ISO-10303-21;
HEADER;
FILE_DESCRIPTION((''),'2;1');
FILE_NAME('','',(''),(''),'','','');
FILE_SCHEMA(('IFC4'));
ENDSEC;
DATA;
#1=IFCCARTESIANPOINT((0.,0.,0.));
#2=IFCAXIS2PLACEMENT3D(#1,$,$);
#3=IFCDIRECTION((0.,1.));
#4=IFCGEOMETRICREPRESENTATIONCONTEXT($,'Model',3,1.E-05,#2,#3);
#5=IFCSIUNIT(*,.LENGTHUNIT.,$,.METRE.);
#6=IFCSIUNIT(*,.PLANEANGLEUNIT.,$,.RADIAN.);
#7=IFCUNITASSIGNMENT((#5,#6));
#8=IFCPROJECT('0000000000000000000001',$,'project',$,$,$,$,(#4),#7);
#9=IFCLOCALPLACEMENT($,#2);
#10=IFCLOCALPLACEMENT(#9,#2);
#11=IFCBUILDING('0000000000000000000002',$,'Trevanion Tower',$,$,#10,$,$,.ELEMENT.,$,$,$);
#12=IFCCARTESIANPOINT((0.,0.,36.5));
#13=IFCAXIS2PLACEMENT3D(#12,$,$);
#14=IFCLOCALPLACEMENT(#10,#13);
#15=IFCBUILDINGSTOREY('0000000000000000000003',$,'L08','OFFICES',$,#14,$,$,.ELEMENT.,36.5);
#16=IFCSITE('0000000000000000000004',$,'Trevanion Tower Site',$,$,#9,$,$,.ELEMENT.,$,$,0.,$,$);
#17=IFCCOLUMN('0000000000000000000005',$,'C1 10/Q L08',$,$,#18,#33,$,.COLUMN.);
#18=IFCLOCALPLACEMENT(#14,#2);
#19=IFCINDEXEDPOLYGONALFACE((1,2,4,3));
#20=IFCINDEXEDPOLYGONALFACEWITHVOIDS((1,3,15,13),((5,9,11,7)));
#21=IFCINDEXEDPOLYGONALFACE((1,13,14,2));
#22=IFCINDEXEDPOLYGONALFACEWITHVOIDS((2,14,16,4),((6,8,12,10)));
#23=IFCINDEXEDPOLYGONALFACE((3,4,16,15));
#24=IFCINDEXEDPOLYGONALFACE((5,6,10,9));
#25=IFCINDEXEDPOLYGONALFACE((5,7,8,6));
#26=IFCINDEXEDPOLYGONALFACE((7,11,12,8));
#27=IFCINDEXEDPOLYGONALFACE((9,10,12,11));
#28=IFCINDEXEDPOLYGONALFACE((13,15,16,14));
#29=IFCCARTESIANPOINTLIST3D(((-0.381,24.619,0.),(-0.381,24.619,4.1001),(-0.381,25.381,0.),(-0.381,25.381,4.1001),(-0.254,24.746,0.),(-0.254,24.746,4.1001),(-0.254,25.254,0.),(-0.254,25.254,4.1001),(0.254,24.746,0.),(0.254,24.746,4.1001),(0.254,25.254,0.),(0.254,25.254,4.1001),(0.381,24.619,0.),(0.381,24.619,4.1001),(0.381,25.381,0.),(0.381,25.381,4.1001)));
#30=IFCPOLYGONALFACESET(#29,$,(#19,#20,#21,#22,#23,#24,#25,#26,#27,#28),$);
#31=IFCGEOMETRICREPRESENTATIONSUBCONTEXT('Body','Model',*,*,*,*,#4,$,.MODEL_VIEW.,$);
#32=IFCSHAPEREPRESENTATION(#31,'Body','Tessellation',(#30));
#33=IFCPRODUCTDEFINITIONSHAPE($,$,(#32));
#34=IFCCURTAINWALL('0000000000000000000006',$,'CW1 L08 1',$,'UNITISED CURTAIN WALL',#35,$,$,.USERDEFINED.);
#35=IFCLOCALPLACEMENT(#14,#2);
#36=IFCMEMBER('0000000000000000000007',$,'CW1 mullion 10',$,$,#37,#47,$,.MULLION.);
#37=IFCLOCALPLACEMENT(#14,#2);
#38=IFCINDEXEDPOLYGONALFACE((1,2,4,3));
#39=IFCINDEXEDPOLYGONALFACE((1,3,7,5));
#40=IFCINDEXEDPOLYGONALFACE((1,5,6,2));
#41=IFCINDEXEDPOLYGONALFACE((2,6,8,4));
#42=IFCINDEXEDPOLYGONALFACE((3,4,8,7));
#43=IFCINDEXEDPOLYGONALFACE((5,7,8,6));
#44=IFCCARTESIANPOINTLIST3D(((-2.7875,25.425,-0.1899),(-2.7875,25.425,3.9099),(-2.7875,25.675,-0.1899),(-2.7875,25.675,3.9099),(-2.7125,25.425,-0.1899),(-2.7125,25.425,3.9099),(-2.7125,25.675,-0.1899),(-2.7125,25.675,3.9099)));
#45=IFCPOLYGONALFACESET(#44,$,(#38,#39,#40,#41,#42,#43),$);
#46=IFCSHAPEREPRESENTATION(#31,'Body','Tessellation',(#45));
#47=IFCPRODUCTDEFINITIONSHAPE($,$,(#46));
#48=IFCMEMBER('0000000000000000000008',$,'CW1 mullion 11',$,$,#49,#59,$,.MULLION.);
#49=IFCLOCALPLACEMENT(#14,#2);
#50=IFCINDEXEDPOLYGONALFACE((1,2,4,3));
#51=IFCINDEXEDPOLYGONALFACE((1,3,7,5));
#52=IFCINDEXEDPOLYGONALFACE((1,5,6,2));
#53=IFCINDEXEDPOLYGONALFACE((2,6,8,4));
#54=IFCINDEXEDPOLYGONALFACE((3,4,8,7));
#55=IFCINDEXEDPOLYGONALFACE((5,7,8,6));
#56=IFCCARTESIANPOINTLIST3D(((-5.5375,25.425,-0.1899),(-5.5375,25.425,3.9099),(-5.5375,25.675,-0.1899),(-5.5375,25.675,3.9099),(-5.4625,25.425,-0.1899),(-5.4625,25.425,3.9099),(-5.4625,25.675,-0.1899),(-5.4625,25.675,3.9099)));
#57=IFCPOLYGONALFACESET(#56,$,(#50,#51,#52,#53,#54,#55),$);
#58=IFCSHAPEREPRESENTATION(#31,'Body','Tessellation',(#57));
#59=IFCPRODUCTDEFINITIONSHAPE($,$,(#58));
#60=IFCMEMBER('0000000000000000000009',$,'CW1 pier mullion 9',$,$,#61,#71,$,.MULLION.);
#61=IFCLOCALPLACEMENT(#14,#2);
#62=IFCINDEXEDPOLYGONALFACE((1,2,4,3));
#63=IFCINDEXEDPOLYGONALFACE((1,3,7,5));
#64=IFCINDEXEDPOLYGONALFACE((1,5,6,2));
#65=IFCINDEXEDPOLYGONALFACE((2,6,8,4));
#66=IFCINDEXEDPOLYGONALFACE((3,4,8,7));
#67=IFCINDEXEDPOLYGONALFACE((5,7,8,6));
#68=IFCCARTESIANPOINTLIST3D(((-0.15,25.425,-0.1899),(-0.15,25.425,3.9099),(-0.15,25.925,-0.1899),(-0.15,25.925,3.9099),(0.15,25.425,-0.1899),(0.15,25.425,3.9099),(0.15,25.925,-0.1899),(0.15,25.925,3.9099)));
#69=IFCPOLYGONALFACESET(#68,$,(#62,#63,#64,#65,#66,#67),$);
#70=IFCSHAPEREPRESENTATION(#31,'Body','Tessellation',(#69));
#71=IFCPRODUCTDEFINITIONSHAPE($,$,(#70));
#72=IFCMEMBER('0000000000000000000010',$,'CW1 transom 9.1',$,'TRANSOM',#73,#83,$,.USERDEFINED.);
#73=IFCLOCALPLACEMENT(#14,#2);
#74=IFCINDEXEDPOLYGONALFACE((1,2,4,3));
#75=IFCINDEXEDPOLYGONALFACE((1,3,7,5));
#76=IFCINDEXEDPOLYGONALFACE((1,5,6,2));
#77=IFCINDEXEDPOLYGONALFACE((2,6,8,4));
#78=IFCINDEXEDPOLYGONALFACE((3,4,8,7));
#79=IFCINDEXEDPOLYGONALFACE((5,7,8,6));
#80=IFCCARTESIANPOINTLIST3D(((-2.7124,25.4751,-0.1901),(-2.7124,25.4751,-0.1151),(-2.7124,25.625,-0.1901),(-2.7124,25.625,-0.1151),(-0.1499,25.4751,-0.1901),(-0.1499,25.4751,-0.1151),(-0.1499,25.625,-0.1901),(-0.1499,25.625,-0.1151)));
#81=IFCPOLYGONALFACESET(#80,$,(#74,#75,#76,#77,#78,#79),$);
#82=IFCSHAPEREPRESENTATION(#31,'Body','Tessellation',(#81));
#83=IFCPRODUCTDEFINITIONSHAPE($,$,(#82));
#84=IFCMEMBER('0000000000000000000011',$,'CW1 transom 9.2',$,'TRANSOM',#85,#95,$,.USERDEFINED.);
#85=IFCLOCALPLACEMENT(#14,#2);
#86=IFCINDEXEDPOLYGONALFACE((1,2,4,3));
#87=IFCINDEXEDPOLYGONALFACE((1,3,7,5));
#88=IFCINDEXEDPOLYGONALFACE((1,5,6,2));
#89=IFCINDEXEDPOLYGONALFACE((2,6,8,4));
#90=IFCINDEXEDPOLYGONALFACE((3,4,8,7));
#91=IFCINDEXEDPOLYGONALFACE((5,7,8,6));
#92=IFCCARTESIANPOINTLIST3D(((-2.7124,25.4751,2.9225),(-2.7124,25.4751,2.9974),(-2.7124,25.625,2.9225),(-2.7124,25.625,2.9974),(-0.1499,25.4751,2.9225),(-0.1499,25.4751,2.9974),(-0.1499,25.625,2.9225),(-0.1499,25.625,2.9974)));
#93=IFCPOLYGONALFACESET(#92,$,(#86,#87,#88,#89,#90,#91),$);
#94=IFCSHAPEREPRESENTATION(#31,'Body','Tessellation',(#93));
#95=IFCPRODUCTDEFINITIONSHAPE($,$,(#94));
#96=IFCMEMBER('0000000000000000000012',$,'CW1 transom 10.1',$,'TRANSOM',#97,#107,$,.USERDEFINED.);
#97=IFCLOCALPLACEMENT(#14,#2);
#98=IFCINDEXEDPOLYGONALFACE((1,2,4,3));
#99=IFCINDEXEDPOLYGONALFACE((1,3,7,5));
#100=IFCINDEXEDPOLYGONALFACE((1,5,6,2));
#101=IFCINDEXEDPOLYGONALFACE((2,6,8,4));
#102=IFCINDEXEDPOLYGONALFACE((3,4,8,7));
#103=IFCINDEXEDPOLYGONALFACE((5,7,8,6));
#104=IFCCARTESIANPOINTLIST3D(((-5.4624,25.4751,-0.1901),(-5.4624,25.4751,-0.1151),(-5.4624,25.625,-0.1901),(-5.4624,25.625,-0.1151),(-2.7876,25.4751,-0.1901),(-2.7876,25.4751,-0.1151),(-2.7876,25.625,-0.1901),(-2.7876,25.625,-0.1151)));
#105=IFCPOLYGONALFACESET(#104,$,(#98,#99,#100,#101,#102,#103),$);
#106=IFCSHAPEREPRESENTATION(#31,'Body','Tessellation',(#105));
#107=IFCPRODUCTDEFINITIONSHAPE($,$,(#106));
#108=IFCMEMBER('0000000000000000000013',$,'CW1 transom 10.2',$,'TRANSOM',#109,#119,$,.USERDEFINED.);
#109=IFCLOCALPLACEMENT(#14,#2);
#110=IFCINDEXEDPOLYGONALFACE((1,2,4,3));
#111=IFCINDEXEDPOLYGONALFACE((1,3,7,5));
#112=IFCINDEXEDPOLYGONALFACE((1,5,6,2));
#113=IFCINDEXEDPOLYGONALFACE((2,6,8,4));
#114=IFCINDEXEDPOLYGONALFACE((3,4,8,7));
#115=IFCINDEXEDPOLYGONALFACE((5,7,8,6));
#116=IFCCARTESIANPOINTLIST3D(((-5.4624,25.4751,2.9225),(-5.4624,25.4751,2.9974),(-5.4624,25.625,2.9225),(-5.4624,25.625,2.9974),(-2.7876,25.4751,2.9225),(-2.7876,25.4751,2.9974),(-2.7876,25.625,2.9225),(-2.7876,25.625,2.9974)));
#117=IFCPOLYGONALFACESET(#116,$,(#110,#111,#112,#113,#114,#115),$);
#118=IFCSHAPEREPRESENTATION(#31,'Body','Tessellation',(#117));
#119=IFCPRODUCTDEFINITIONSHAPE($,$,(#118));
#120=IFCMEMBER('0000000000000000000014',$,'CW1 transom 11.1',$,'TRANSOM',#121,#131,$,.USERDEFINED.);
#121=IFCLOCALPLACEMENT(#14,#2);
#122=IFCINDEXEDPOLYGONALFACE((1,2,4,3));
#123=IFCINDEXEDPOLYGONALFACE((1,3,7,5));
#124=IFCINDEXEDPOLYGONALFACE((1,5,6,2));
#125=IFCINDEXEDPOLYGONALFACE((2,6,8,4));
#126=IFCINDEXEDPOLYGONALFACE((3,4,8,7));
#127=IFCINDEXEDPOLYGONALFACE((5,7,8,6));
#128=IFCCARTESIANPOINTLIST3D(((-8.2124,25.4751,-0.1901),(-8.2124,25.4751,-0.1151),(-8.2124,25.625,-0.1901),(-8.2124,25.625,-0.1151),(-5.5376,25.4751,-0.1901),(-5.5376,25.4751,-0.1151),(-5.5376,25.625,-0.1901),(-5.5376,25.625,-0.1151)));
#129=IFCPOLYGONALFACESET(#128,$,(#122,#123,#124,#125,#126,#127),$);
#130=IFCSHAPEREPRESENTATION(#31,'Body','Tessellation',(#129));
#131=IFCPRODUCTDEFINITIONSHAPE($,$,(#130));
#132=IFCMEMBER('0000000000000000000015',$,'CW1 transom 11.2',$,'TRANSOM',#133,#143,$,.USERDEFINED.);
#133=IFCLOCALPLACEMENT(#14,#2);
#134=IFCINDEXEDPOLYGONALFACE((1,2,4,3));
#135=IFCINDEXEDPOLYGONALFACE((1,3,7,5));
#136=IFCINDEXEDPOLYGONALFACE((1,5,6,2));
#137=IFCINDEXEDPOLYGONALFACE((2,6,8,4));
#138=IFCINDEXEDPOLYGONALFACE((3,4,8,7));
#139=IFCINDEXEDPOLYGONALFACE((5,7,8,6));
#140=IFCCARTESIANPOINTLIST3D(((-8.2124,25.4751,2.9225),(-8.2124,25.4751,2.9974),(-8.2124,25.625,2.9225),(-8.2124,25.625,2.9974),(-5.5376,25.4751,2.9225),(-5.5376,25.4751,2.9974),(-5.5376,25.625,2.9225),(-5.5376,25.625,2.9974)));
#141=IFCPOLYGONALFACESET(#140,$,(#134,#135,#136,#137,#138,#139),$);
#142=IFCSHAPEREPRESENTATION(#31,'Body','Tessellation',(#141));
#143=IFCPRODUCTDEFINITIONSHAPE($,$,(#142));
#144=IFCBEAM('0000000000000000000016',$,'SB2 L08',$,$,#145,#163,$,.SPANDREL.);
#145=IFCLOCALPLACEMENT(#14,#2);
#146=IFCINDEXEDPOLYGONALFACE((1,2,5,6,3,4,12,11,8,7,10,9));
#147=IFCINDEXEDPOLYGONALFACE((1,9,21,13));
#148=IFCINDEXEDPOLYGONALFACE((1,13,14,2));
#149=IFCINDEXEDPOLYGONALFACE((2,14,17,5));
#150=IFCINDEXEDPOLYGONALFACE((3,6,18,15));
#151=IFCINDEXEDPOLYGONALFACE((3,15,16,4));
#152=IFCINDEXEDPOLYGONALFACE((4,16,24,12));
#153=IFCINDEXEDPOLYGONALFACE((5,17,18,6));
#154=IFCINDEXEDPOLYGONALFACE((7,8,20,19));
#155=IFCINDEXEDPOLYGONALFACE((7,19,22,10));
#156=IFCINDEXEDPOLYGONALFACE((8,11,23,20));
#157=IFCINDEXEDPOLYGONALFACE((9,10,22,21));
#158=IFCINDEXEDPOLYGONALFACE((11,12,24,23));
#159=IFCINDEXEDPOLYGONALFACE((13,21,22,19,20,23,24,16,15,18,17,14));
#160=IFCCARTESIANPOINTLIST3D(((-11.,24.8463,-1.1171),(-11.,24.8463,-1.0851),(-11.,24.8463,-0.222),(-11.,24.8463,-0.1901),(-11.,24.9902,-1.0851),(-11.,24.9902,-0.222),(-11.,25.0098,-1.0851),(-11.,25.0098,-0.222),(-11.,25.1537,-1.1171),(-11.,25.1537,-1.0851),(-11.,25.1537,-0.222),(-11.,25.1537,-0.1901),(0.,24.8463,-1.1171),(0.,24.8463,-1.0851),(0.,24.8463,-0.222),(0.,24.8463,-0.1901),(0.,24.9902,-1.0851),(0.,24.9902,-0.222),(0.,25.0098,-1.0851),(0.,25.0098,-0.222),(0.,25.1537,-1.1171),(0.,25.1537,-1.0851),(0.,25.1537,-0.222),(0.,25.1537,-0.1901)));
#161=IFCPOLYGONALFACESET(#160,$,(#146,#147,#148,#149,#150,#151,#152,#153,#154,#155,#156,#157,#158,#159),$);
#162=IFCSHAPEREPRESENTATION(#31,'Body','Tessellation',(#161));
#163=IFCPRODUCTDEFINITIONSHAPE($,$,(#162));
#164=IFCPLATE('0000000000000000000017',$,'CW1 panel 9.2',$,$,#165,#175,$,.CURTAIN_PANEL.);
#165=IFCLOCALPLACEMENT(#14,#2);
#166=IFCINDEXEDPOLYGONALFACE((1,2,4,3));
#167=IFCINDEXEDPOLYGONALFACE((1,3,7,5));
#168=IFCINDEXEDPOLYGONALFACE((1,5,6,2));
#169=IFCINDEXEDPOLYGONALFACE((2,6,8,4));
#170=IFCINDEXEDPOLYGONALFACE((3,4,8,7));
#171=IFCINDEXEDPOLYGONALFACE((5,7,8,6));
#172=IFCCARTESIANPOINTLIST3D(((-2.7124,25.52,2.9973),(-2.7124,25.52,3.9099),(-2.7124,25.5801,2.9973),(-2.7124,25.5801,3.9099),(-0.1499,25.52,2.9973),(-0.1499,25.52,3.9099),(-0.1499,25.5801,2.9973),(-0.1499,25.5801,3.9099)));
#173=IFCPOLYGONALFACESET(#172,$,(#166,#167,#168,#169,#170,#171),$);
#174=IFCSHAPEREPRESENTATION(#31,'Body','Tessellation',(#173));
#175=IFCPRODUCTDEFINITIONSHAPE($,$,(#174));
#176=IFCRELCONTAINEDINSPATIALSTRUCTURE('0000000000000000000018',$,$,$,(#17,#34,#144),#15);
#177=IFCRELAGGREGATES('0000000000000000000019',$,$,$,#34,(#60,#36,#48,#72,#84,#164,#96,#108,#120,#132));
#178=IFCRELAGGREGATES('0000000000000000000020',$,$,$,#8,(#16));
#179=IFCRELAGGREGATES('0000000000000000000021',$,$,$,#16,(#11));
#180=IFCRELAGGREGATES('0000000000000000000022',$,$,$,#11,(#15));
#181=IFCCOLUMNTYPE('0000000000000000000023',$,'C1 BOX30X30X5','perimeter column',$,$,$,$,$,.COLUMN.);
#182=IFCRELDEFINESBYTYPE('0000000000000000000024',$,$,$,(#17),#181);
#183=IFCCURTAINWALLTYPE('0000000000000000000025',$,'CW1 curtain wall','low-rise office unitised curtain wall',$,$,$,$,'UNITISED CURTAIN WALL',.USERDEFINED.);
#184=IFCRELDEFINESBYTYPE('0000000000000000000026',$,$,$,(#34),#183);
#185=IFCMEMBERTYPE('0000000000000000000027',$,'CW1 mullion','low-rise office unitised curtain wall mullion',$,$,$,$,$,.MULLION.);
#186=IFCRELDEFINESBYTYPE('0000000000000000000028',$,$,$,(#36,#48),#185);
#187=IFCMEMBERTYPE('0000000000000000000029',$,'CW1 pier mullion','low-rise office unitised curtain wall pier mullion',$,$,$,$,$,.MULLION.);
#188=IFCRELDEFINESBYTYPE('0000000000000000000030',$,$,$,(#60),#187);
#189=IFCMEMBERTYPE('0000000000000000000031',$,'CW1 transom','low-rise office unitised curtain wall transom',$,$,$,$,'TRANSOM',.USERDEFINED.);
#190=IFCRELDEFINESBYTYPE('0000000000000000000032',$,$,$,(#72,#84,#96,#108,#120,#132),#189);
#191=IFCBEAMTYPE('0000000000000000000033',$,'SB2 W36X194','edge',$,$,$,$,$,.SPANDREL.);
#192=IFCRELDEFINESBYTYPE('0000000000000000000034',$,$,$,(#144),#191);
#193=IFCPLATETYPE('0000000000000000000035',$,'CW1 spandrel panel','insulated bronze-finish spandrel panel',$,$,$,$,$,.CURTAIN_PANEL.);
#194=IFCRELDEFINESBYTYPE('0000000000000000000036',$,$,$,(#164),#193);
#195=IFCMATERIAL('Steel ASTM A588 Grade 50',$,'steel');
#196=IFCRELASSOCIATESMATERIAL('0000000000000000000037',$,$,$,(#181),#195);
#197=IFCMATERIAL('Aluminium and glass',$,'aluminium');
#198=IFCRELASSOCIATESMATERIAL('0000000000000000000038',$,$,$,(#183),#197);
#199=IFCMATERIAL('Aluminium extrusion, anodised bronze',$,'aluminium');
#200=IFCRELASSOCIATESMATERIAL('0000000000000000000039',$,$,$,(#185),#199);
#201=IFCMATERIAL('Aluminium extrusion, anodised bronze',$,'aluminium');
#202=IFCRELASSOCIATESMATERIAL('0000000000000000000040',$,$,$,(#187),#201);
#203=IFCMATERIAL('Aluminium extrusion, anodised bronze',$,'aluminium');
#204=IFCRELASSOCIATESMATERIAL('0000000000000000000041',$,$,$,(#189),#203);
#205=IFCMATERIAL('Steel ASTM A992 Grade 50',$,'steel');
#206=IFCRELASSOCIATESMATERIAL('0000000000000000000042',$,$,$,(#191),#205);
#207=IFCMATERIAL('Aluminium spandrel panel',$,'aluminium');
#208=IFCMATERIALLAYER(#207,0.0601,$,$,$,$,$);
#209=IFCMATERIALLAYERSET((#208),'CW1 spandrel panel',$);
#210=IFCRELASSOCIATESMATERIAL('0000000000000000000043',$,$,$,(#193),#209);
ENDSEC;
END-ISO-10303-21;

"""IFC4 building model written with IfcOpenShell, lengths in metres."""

from ifc_helpers import new_model, si_unit, direction, frame, origin, origin_2d, place, context, subcontext, project, spatial, rectangle, hollow_rectangle, i_section, extrude, material, layer, layer_set, material_profile, profile_set, type_object, element, aggregate, save


model = new_model("IFC4")

# Units and contexts
model_context = context("Model", 3, precision=1e-05, world=origin(), true_north=direction((0.0, 1.0)))
body_context = subcontext(model_context, "Body", "Model", "MODEL_VIEW")
ifc_project = project(units=[si_unit("LENGTHUNIT", "METRE"), si_unit("PLANEANGLEUNIT", "RADIAN")], contexts=[model_context])

# Site, building, storey
site_placement = place(None, origin())
site = spatial("IfcSite", under=ifc_project, at=site_placement, Name="Trevanion Tower Site", CompositionType="ELEMENT", RefElevation=0.0)
building_placement = place(site_placement, origin())
building = spatial("IfcBuilding", under=site, at=building_placement, Name="Trevanion Tower", CompositionType="ELEMENT")
storey_placement = place(building_placement, frame((0.0, 0.0, 36.5)))
storey = spatial("IfcBuildingStorey", under=building, at=storey_placement, Name="L08", Description="OFFICES", CompositionType="ELEMENT", Elevation=36.5)

# Column
ifc_material_1 = material(Name="Steel ASTM A588 Grade 50", Category="steel")
ifc_material_profile_1 = material_profile(ifc_material_1, hollow_rectangle(XDim=0.762, YDim=0.762, WallThickness=0.127, at=origin_2d()), Name="BOX30X30X5")
ifc_profile_set_1 = profile_set([ifc_material_profile_1], Name="Steel ASTM A588 Grade 50")
column_type = type_object("IfcColumnType", Name="C1 BOX30X30X5", Description="perimeter column", PredefinedType="COLUMN", material=ifc_profile_set_1)
column_placement = place(storey_placement, frame((0.0, 25.0, 0.0), z_axis=(0.0, 0.0, 1.0), x_axis=(1.0, 0.0, 0.0)))
element("IfcColumn", 1, at=column_placement, inside=storey, type_object=column_type, Name="C1 10/Q L08", PredefinedType="COLUMN", context=body_context, shape_type="SweptSolid", body=[
    extrude(hollow_rectangle(XDim=0.762, YDim=0.762, WallThickness=0.127, at=origin_2d()), origin(), (0.0, 0.0, 1.0), 4.1001),
])

# Curtain wall, members
ifc_material_2 = material(Name="Aluminium and glass", Category="aluminium")
curtain_wall_type = type_object("IfcCurtainWallType", Name="CW1 curtain wall", Description="low-rise office unitised curtain wall", ElementType="UNITISED CURTAIN WALL", PredefinedType="USERDEFINED", material=ifc_material_2)
curtain_wall_placement = place(storey_placement, origin())
curtain_wall = element("IfcCurtainWall", 2, at=curtain_wall_placement, inside=storey, type_object=curtain_wall_type, Name="CW1 L08 1", ObjectType="UNITISED CURTAIN WALL", PredefinedType="USERDEFINED")
ifc_material_3 = material(Name="Aluminium extrusion, anodised bronze", Category="aluminium")
ifc_material_profile_2 = material_profile(ifc_material_3, rectangle(XDim=0.075, YDim=0.25, at=origin_2d()), Name="CW1 mullion")
ifc_profile_set_2 = profile_set([ifc_material_profile_2], Name="Aluminium extrusion, anodised bronze")
member_type_1 = type_object("IfcMemberType", Name="CW1 mullion", Description="low-rise office unitised curtain wall mullion", PredefinedType="MULLION", material=ifc_profile_set_2)
member_1_placement = place(storey_placement, frame((-2.75, 25.55, -0.1899), z_axis=(0.0, 0.0, 1.0), x_axis=(-1.0, 0.0, 0.0)))
member_1 = element("IfcMember", 3, at=member_1_placement, type_object=member_type_1, Name="CW1 mullion 10", PredefinedType="MULLION", context=body_context, shape_type="SweptSolid", body=[
    extrude(rectangle(XDim=0.075, YDim=0.25, at=origin_2d()), origin(), (0.0, 0.0, 1.0), 4.0999),
])
member_2_placement = place(storey_placement, frame((-5.5, 25.55, -0.1899), z_axis=(0.0, 0.0, 1.0), x_axis=(-1.0, 0.0, 0.0)))
member_2 = element("IfcMember", 4, at=member_2_placement, type_object=member_type_1, Name="CW1 mullion 11", PredefinedType="MULLION", context=body_context, shape_type="SweptSolid", body=[
    extrude(rectangle(XDim=0.075, YDim=0.25, at=origin_2d()), origin(), (0.0, 0.0, 1.0), 4.0999),
])
ifc_material_4 = material(Name="Aluminium extrusion, anodised bronze", Category="aluminium")
ifc_material_profile_3 = material_profile(ifc_material_4, rectangle(XDim=0.3, YDim=0.5, at=origin_2d()), Name="CW1 pier mullion")
ifc_profile_set_3 = profile_set([ifc_material_profile_3], Name="Aluminium extrusion, anodised bronze")
member_type_2 = type_object("IfcMemberType", Name="CW1 pier mullion", Description="low-rise office unitised curtain wall pier mullion", PredefinedType="MULLION", material=ifc_profile_set_3)
member_3_placement = place(storey_placement, frame((0.0, 25.675, -0.1899), z_axis=(0.0, 0.0, 1.0), x_axis=(-1.0, 0.0, 0.0)))
member_3 = element("IfcMember", 5, at=member_3_placement, type_object=member_type_2, Name="CW1 pier mullion 9", PredefinedType="MULLION", context=body_context, shape_type="SweptSolid", body=[
    extrude(rectangle(XDim=0.3, YDim=0.5, at=origin_2d()), origin(), (0.0, 0.0, 1.0), 4.0999),
])
ifc_material_5 = material(Name="Aluminium extrusion, anodised bronze", Category="aluminium")
ifc_material_profile_4 = material_profile(ifc_material_5, rectangle(XDim=0.1499, YDim=0.075, at=origin_2d()), Name="CW1 transom")
ifc_profile_set_4 = profile_set([ifc_material_profile_4], Name="Aluminium extrusion, anodised bronze")
member_type_3 = type_object("IfcMemberType", Name="CW1 transom", Description="low-rise office unitised curtain wall transom", ElementType="TRANSOM", PredefinedType="USERDEFINED", material=ifc_profile_set_4)
member_4_placement = place(storey_placement, frame((-0.1499, 25.55, -0.1526), z_axis=(-1.0, 0.0, 0.0), x_axis=(0.0, -1.0, 0.0)))
member_4 = element("IfcMember", 6, at=member_4_placement, type_object=member_type_3, Name="CW1 transom 9.1", ObjectType="TRANSOM", PredefinedType="USERDEFINED", context=body_context, shape_type="SweptSolid", body=[
    extrude(rectangle(XDim=0.1499, YDim=0.075, at=origin_2d()), origin(), (0.0, 0.0, 1.0), 2.5625),
])
member_5_placement = place(storey_placement, frame((-0.1499, 25.55, 2.96), z_axis=(-1.0, 0.0, 0.0), x_axis=(0.0, -1.0, 0.0)))
member_5 = element("IfcMember", 7, at=member_5_placement, type_object=member_type_3, Name="CW1 transom 9.2", ObjectType="TRANSOM", PredefinedType="USERDEFINED", context=body_context, shape_type="SweptSolid", body=[
    extrude(rectangle(XDim=0.1499, YDim=0.075, at=origin_2d()), origin(), (0.0, 0.0, 1.0), 2.5625),
])
member_6_placement = place(storey_placement, frame((-2.7876, 25.55, -0.1526), z_axis=(-1.0, 0.0, 0.0), x_axis=(0.0, -1.0, 0.0)))
member_6 = element("IfcMember", 8, at=member_6_placement, type_object=member_type_3, Name="CW1 transom 10.1", ObjectType="TRANSOM", PredefinedType="USERDEFINED", context=body_context, shape_type="SweptSolid", body=[
    extrude(rectangle(XDim=0.1499, YDim=0.075, at=origin_2d()), origin(), (0.0, 0.0, 1.0), 2.6748),
])
member_7_placement = place(storey_placement, frame((-2.7876, 25.55, 2.96), z_axis=(-1.0, 0.0, 0.0), x_axis=(0.0, -1.0, 0.0)))
member_7 = element("IfcMember", 9, at=member_7_placement, type_object=member_type_3, Name="CW1 transom 10.2", ObjectType="TRANSOM", PredefinedType="USERDEFINED", context=body_context, shape_type="SweptSolid", body=[
    extrude(rectangle(XDim=0.1499, YDim=0.075, at=origin_2d()), origin(), (0.0, 0.0, 1.0), 2.6748),
])
member_8_placement = place(storey_placement, frame((-5.5376, 25.55, -0.1526), z_axis=(-1.0, 0.0, 0.0), x_axis=(0.0, -1.0, 0.0)))
member_8 = element("IfcMember", 10, at=member_8_placement, type_object=member_type_3, Name="CW1 transom 11.1", ObjectType="TRANSOM", PredefinedType="USERDEFINED", context=body_context, shape_type="SweptSolid", body=[
    extrude(rectangle(XDim=0.1499, YDim=0.075, at=origin_2d()), origin(), (0.0, 0.0, 1.0), 2.6748),
])
member_9_placement = place(storey_placement, frame((-5.5376, 25.55, 2.96), z_axis=(-1.0, 0.0, 0.0), x_axis=(0.0, -1.0, 0.0)))
member_9 = element("IfcMember", 11, at=member_9_placement, type_object=member_type_3, Name="CW1 transom 11.2", ObjectType="TRANSOM", PredefinedType="USERDEFINED", context=body_context, shape_type="SweptSolid", body=[
    extrude(rectangle(XDim=0.1499, YDim=0.075, at=origin_2d()), origin(), (0.0, 0.0, 1.0), 2.6748),
])

# Beam
ifc_material_6 = material(Name="Steel ASTM A992 Grade 50", Category="steel")
ifc_material_profile_5 = material_profile(ifc_material_6, i_section(OverallWidth=0.3074, OverallDepth=0.927, WebThickness=0.0195, FlangeThickness=0.032, at=origin_2d()), Name="W36X194")
ifc_profile_set_5 = profile_set([ifc_material_profile_5], Name="Steel ASTM A992 Grade 50")
beam_type = type_object("IfcBeamType", Name="SB2 W36X194", Description="edge", PredefinedType="SPANDREL", material=ifc_profile_set_5)
beam_placement = place(storey_placement, frame((0.0, 25.0, -0.6536), z_axis=(-1.0, 0.0, 0.0), x_axis=(0.0, -1.0, 0.0)))
element("IfcBeam", 12, at=beam_placement, inside=storey, type_object=beam_type, Name="SB2 L08", PredefinedType="SPANDREL", context=body_context, shape_type="SweptSolid", body=[
    extrude(i_section(OverallWidth=0.3074, OverallDepth=0.927, WebThickness=0.0195, FlangeThickness=0.032, at=origin_2d()), origin(), (0.0, 0.0, 1.0), 11.0),
])

# Plate
ifc_material_7 = material(Name="Aluminium spandrel panel", Category="aluminium")
ifc_layer_1 = layer(ifc_material_7, 0.0601)
ifc_layer_set_1 = layer_set([ifc_layer_1], Name="CW1 spandrel panel")
plate_type_1 = type_object("IfcPlateType", Name="CW1 spandrel panel", Description="insulated bronze-finish spandrel panel", PredefinedType="CURTAIN_PANEL", material=ifc_layer_set_1)
plate_1_placement = place(storey_placement, frame((-1.4312, 25.55, 2.9973), z_axis=(0.0, 0.0, 1.0), x_axis=(-1.0, 0.0, 0.0)))
plate_1 = element("IfcPlate", 13, at=plate_1_placement, type_object=plate_type_1, Name="CW1 panel 9.2", PredefinedType="CURTAIN_PANEL", context=body_context, shape_type="SweptSolid", body=[
    extrude(rectangle(XDim=2.5625, YDim=0.0601, at=origin_2d()), origin(), (0.0, 0.0, 1.0), 0.9126),
])
aggregate(curtain_wall, [member_3, member_1, member_2, member_4, member_5, plate_1, member_6, member_7, member_8, member_9])

save(model, "model.ifc")
